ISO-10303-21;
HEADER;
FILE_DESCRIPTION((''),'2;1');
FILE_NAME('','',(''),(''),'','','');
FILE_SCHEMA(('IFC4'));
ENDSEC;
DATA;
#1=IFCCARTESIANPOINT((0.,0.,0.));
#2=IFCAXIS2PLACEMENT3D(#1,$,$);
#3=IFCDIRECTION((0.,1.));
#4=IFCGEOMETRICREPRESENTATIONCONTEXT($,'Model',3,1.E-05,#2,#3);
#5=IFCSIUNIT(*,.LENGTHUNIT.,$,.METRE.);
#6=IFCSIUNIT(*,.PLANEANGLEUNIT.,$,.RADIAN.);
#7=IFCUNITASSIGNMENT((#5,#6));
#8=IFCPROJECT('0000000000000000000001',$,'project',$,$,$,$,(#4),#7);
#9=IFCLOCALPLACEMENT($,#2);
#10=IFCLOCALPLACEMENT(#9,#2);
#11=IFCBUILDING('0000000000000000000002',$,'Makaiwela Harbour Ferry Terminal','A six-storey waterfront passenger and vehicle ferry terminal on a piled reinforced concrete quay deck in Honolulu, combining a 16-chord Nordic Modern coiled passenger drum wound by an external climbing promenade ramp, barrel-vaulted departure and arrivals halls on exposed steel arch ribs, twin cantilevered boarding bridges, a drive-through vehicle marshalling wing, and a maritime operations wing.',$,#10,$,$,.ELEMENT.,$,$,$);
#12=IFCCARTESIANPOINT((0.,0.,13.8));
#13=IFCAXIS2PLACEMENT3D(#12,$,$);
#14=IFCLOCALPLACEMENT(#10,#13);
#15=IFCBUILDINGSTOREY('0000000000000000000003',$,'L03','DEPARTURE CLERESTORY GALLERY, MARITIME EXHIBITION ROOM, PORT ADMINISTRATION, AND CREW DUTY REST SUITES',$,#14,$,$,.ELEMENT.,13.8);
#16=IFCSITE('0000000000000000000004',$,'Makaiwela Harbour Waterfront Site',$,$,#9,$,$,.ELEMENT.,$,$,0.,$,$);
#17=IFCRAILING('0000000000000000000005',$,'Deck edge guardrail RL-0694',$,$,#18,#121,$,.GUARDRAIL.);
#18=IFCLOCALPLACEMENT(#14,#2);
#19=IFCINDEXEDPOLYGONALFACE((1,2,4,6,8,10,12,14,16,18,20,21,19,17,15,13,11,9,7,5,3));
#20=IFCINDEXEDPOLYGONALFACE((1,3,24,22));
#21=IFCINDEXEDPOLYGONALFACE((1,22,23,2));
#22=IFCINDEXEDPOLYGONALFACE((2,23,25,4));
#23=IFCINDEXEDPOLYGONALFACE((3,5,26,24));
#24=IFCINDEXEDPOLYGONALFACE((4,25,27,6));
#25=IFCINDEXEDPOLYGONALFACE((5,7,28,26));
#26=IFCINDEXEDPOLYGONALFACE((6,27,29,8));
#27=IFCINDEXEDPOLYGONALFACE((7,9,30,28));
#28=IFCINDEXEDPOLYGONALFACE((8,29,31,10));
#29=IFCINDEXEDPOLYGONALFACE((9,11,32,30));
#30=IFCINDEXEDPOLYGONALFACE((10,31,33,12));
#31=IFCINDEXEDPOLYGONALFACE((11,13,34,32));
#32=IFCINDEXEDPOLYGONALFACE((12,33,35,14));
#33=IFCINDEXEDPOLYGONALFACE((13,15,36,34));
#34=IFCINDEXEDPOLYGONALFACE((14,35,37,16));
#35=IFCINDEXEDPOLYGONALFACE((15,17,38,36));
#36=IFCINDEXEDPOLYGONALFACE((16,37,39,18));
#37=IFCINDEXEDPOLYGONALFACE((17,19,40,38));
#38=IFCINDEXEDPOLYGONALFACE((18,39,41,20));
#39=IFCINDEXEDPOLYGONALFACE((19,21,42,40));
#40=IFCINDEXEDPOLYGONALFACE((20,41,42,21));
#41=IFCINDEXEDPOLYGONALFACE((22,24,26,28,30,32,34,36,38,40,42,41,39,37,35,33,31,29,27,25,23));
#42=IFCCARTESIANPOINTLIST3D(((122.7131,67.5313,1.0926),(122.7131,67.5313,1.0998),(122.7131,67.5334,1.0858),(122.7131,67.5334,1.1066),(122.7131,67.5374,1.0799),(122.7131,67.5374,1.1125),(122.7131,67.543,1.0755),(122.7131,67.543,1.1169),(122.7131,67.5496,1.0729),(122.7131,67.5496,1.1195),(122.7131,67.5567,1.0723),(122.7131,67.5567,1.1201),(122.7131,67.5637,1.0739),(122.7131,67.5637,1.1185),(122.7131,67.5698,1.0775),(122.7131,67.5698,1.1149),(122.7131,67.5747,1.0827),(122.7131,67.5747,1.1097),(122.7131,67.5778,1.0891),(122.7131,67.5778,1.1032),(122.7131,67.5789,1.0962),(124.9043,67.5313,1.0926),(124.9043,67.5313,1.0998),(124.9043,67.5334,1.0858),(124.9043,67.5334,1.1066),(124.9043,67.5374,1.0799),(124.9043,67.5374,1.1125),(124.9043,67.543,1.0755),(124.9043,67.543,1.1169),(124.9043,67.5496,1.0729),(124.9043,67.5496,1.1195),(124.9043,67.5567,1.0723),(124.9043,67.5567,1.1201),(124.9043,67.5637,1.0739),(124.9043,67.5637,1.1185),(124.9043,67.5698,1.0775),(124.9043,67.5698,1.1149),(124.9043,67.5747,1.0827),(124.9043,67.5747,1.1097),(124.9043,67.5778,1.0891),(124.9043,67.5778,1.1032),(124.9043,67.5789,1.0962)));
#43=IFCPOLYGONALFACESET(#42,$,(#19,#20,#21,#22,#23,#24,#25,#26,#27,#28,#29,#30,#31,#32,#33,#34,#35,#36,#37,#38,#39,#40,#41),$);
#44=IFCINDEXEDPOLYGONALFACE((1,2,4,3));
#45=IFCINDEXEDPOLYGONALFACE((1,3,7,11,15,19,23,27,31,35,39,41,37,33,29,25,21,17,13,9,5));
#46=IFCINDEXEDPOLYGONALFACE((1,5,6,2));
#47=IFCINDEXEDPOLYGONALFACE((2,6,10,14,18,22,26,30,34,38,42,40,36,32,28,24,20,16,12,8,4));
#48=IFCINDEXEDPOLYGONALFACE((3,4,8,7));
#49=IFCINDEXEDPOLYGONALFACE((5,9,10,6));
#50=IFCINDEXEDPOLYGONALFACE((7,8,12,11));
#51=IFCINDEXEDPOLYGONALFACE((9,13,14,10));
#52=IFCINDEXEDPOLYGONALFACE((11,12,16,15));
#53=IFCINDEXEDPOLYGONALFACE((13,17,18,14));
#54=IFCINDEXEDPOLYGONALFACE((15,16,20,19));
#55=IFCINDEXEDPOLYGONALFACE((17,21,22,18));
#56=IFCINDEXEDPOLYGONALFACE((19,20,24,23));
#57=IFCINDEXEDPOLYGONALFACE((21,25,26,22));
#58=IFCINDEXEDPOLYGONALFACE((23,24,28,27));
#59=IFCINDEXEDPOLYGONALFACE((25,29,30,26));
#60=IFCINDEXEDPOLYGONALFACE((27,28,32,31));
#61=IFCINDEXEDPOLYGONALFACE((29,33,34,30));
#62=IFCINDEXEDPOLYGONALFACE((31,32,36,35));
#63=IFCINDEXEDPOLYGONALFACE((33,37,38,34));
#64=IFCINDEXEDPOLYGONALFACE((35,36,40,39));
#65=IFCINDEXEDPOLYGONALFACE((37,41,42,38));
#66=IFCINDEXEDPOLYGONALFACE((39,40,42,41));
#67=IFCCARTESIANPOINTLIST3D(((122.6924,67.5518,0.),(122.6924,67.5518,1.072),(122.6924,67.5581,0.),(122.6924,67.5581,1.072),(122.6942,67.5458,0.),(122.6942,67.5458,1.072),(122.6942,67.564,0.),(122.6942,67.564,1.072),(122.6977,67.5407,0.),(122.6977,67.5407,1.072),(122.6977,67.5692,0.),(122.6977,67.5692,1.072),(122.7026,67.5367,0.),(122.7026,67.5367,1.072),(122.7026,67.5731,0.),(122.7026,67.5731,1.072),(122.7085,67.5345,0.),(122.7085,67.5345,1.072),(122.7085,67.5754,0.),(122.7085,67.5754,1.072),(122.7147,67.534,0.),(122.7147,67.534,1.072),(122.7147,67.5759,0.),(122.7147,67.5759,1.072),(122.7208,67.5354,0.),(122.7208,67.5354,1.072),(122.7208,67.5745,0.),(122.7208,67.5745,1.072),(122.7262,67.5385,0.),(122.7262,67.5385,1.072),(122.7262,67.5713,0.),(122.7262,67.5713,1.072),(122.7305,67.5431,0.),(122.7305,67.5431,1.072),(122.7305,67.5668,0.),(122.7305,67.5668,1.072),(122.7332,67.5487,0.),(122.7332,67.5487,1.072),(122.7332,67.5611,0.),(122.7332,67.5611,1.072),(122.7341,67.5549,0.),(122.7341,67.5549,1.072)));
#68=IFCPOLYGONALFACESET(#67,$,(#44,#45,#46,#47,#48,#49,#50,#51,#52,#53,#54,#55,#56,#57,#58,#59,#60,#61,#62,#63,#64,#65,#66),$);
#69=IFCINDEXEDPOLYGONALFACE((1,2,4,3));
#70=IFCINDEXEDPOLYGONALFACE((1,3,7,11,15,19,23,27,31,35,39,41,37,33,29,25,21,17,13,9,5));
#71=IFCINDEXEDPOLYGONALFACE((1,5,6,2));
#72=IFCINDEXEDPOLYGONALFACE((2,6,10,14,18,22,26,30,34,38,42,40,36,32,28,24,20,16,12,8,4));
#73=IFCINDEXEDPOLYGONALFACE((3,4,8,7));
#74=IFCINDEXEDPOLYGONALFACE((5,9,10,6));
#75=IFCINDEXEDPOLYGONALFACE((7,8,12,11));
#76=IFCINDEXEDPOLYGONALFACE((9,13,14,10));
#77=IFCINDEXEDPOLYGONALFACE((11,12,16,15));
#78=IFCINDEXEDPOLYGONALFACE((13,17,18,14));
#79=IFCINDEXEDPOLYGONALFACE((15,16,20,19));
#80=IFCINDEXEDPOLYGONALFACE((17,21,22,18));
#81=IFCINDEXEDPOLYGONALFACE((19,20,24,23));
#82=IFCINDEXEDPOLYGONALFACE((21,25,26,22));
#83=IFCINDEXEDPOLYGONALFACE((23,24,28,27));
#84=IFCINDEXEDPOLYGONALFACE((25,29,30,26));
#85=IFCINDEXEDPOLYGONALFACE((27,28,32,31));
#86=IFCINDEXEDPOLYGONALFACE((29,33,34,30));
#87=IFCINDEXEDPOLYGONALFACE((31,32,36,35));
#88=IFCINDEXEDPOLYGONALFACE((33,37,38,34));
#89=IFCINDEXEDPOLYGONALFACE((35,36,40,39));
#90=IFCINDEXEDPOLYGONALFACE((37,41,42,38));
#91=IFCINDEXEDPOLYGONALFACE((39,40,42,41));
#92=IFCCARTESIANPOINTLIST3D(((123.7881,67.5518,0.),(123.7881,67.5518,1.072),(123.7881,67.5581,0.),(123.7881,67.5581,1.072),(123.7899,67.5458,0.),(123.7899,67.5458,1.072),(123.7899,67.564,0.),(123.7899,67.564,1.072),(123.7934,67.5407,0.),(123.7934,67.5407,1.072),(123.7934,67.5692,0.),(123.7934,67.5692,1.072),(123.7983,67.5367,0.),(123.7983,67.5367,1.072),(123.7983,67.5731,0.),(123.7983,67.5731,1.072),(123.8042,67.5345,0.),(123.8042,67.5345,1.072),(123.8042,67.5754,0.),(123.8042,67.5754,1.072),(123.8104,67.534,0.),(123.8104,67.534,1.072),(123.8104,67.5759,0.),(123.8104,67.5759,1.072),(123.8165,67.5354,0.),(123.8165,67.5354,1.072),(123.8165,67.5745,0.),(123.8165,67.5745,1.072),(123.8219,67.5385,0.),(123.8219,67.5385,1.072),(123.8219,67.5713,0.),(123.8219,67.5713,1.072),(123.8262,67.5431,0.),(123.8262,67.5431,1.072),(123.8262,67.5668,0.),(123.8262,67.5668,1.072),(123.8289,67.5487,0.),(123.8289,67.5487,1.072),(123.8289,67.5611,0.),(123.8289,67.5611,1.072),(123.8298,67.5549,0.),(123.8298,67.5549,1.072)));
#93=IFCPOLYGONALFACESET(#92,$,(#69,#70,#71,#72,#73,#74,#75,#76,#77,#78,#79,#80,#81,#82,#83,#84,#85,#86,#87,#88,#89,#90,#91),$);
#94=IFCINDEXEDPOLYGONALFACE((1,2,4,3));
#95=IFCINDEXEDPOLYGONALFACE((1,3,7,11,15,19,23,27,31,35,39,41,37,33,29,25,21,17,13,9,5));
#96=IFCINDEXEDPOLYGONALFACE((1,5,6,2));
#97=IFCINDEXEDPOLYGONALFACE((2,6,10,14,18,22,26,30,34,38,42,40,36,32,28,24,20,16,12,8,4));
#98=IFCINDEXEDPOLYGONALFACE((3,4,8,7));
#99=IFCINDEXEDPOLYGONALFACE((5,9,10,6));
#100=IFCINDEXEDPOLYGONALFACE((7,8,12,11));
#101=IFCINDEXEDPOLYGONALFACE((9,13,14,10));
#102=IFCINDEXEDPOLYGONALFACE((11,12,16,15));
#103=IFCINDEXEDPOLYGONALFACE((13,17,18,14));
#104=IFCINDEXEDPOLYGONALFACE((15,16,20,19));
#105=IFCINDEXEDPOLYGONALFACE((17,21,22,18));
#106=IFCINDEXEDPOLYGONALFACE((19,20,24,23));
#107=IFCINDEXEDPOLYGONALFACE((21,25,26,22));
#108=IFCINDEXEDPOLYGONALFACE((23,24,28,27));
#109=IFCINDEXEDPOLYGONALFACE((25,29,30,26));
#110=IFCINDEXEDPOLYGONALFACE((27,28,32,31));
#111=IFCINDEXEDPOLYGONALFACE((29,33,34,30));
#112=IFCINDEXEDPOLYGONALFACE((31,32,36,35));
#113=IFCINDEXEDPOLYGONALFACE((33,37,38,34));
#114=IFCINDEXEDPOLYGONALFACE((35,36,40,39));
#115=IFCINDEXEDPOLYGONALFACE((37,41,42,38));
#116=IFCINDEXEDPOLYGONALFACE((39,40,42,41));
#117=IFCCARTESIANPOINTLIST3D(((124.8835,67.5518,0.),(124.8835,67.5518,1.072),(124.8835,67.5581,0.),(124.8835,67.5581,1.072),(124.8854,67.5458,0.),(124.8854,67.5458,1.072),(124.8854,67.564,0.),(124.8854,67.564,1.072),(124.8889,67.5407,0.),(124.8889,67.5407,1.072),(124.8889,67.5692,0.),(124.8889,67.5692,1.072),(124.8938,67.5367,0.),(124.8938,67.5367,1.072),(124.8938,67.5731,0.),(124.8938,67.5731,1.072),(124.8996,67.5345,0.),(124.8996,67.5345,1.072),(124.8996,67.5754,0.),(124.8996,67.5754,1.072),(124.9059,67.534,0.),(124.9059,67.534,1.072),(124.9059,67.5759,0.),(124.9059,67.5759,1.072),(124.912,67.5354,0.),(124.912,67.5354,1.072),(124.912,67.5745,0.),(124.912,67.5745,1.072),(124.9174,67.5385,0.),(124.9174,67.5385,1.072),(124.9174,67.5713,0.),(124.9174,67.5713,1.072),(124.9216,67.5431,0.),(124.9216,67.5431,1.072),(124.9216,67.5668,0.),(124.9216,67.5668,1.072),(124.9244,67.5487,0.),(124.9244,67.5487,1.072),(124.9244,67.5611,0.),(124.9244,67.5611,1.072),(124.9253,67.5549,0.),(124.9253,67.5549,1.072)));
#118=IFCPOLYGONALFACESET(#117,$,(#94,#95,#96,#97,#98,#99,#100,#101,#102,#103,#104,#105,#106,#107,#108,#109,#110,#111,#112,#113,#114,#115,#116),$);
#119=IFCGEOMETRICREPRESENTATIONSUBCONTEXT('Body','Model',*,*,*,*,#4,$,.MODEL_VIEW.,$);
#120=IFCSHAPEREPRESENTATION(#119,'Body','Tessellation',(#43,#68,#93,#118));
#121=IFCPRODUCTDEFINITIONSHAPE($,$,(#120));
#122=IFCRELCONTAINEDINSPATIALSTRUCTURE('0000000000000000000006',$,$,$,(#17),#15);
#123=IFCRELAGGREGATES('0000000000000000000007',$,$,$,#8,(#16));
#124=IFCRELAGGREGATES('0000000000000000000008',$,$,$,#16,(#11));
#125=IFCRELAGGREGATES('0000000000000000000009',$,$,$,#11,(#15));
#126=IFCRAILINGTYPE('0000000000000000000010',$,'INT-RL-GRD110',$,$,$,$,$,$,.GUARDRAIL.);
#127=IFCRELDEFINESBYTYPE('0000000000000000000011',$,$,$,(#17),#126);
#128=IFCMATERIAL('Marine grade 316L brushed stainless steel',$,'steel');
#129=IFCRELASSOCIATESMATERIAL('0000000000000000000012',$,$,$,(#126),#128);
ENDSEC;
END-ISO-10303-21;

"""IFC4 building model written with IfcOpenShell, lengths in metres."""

from ifc_helpers import new_model, si_unit, direction, frame, origin, origin_2d, place, context, subcontext, project, spatial, circle, extrude, material, type_object, element, save


model = new_model("IFC4")

# Units and contexts
model_context = context("Model", 3, precision=1e-05, world=origin(), true_north=direction((0.0, 1.0)))
body_context = subcontext(model_context, "Body", "Model", "MODEL_VIEW")
ifc_project = project(units=[si_unit("LENGTHUNIT", "METRE"), si_unit("PLANEANGLEUNIT", "RADIAN")], contexts=[model_context])

# Site, building, storey
site_placement = place(None, origin())
site = spatial("IfcSite", under=ifc_project, at=site_placement, Name="Makaiwela Harbour Waterfront Site", CompositionType="ELEMENT", RefElevation=0.0)
building_placement = place(site_placement, origin())
building = spatial("IfcBuilding", under=site, at=building_placement, Name="Makaiwela Harbour Ferry Terminal", Description="A six-storey waterfront passenger and vehicle ferry terminal on a piled reinforced concrete quay deck in Honolulu, combining a 16-chord Nordic Modern coiled passenger drum wound by an external climbing promenade ramp, barrel-vaulted departure and arrivals halls on exposed steel arch ribs, twin cantilevered boarding bridges, a drive-through vehicle marshalling wing, and a maritime operations wing.", CompositionType="ELEMENT")
storey_placement = place(building_placement, frame((0.0, 0.0, 13.8)))
storey = spatial("IfcBuildingStorey", under=building, at=storey_placement, Name="L03", Description="DEPARTURE CLERESTORY GALLERY, MARITIME EXHIBITION ROOM, PORT ADMINISTRATION, AND CREW DUTY REST SUITES", CompositionType="ELEMENT", Elevation=13.8)

# Railing
ifc_material_1 = material(Name="Marine grade 316L brushed stainless steel", Category="steel")
railing_type = type_object("IfcRailingType", Name="INT-RL-GRD110", PredefinedType="GUARDRAIL", material=ifc_material_1)
railing_1_placement = place(storey_placement, frame((122.7131, 67.5549, 0.0)))
element("IfcRailing", 1, at=railing_1_placement, inside=storey, type_object=railing_type, Name="Deck edge guardrail RL-0694", PredefinedType="GUARDRAIL", context=body_context, shape_type="SweptSolid", body=[
    extrude(circle(Radius=0.0239, at=origin_2d()), frame((0.0, 0.0, 1.0962), z_axis=(1.0, 0.0, 0.0), x_axis=(0.0, 1.0, 0.0)), (0.0, 0.0, 1.0), 2.1912),
    extrude(circle(Radius=0.021, at=origin_2d()), origin(), (0.0, 0.0, 1.0), 1.072),
    extrude(circle(Radius=0.021, at=origin_2d()), frame((1.0957, 0.0, 0.0)), (0.0, 0.0, 1.0), 1.072),
    extrude(circle(Radius=0.021, at=origin_2d()), frame((2.1912, 0.0, 0.0)), (0.0, 0.0, 1.0), 1.072),
])

save(model, "model.ifc")
